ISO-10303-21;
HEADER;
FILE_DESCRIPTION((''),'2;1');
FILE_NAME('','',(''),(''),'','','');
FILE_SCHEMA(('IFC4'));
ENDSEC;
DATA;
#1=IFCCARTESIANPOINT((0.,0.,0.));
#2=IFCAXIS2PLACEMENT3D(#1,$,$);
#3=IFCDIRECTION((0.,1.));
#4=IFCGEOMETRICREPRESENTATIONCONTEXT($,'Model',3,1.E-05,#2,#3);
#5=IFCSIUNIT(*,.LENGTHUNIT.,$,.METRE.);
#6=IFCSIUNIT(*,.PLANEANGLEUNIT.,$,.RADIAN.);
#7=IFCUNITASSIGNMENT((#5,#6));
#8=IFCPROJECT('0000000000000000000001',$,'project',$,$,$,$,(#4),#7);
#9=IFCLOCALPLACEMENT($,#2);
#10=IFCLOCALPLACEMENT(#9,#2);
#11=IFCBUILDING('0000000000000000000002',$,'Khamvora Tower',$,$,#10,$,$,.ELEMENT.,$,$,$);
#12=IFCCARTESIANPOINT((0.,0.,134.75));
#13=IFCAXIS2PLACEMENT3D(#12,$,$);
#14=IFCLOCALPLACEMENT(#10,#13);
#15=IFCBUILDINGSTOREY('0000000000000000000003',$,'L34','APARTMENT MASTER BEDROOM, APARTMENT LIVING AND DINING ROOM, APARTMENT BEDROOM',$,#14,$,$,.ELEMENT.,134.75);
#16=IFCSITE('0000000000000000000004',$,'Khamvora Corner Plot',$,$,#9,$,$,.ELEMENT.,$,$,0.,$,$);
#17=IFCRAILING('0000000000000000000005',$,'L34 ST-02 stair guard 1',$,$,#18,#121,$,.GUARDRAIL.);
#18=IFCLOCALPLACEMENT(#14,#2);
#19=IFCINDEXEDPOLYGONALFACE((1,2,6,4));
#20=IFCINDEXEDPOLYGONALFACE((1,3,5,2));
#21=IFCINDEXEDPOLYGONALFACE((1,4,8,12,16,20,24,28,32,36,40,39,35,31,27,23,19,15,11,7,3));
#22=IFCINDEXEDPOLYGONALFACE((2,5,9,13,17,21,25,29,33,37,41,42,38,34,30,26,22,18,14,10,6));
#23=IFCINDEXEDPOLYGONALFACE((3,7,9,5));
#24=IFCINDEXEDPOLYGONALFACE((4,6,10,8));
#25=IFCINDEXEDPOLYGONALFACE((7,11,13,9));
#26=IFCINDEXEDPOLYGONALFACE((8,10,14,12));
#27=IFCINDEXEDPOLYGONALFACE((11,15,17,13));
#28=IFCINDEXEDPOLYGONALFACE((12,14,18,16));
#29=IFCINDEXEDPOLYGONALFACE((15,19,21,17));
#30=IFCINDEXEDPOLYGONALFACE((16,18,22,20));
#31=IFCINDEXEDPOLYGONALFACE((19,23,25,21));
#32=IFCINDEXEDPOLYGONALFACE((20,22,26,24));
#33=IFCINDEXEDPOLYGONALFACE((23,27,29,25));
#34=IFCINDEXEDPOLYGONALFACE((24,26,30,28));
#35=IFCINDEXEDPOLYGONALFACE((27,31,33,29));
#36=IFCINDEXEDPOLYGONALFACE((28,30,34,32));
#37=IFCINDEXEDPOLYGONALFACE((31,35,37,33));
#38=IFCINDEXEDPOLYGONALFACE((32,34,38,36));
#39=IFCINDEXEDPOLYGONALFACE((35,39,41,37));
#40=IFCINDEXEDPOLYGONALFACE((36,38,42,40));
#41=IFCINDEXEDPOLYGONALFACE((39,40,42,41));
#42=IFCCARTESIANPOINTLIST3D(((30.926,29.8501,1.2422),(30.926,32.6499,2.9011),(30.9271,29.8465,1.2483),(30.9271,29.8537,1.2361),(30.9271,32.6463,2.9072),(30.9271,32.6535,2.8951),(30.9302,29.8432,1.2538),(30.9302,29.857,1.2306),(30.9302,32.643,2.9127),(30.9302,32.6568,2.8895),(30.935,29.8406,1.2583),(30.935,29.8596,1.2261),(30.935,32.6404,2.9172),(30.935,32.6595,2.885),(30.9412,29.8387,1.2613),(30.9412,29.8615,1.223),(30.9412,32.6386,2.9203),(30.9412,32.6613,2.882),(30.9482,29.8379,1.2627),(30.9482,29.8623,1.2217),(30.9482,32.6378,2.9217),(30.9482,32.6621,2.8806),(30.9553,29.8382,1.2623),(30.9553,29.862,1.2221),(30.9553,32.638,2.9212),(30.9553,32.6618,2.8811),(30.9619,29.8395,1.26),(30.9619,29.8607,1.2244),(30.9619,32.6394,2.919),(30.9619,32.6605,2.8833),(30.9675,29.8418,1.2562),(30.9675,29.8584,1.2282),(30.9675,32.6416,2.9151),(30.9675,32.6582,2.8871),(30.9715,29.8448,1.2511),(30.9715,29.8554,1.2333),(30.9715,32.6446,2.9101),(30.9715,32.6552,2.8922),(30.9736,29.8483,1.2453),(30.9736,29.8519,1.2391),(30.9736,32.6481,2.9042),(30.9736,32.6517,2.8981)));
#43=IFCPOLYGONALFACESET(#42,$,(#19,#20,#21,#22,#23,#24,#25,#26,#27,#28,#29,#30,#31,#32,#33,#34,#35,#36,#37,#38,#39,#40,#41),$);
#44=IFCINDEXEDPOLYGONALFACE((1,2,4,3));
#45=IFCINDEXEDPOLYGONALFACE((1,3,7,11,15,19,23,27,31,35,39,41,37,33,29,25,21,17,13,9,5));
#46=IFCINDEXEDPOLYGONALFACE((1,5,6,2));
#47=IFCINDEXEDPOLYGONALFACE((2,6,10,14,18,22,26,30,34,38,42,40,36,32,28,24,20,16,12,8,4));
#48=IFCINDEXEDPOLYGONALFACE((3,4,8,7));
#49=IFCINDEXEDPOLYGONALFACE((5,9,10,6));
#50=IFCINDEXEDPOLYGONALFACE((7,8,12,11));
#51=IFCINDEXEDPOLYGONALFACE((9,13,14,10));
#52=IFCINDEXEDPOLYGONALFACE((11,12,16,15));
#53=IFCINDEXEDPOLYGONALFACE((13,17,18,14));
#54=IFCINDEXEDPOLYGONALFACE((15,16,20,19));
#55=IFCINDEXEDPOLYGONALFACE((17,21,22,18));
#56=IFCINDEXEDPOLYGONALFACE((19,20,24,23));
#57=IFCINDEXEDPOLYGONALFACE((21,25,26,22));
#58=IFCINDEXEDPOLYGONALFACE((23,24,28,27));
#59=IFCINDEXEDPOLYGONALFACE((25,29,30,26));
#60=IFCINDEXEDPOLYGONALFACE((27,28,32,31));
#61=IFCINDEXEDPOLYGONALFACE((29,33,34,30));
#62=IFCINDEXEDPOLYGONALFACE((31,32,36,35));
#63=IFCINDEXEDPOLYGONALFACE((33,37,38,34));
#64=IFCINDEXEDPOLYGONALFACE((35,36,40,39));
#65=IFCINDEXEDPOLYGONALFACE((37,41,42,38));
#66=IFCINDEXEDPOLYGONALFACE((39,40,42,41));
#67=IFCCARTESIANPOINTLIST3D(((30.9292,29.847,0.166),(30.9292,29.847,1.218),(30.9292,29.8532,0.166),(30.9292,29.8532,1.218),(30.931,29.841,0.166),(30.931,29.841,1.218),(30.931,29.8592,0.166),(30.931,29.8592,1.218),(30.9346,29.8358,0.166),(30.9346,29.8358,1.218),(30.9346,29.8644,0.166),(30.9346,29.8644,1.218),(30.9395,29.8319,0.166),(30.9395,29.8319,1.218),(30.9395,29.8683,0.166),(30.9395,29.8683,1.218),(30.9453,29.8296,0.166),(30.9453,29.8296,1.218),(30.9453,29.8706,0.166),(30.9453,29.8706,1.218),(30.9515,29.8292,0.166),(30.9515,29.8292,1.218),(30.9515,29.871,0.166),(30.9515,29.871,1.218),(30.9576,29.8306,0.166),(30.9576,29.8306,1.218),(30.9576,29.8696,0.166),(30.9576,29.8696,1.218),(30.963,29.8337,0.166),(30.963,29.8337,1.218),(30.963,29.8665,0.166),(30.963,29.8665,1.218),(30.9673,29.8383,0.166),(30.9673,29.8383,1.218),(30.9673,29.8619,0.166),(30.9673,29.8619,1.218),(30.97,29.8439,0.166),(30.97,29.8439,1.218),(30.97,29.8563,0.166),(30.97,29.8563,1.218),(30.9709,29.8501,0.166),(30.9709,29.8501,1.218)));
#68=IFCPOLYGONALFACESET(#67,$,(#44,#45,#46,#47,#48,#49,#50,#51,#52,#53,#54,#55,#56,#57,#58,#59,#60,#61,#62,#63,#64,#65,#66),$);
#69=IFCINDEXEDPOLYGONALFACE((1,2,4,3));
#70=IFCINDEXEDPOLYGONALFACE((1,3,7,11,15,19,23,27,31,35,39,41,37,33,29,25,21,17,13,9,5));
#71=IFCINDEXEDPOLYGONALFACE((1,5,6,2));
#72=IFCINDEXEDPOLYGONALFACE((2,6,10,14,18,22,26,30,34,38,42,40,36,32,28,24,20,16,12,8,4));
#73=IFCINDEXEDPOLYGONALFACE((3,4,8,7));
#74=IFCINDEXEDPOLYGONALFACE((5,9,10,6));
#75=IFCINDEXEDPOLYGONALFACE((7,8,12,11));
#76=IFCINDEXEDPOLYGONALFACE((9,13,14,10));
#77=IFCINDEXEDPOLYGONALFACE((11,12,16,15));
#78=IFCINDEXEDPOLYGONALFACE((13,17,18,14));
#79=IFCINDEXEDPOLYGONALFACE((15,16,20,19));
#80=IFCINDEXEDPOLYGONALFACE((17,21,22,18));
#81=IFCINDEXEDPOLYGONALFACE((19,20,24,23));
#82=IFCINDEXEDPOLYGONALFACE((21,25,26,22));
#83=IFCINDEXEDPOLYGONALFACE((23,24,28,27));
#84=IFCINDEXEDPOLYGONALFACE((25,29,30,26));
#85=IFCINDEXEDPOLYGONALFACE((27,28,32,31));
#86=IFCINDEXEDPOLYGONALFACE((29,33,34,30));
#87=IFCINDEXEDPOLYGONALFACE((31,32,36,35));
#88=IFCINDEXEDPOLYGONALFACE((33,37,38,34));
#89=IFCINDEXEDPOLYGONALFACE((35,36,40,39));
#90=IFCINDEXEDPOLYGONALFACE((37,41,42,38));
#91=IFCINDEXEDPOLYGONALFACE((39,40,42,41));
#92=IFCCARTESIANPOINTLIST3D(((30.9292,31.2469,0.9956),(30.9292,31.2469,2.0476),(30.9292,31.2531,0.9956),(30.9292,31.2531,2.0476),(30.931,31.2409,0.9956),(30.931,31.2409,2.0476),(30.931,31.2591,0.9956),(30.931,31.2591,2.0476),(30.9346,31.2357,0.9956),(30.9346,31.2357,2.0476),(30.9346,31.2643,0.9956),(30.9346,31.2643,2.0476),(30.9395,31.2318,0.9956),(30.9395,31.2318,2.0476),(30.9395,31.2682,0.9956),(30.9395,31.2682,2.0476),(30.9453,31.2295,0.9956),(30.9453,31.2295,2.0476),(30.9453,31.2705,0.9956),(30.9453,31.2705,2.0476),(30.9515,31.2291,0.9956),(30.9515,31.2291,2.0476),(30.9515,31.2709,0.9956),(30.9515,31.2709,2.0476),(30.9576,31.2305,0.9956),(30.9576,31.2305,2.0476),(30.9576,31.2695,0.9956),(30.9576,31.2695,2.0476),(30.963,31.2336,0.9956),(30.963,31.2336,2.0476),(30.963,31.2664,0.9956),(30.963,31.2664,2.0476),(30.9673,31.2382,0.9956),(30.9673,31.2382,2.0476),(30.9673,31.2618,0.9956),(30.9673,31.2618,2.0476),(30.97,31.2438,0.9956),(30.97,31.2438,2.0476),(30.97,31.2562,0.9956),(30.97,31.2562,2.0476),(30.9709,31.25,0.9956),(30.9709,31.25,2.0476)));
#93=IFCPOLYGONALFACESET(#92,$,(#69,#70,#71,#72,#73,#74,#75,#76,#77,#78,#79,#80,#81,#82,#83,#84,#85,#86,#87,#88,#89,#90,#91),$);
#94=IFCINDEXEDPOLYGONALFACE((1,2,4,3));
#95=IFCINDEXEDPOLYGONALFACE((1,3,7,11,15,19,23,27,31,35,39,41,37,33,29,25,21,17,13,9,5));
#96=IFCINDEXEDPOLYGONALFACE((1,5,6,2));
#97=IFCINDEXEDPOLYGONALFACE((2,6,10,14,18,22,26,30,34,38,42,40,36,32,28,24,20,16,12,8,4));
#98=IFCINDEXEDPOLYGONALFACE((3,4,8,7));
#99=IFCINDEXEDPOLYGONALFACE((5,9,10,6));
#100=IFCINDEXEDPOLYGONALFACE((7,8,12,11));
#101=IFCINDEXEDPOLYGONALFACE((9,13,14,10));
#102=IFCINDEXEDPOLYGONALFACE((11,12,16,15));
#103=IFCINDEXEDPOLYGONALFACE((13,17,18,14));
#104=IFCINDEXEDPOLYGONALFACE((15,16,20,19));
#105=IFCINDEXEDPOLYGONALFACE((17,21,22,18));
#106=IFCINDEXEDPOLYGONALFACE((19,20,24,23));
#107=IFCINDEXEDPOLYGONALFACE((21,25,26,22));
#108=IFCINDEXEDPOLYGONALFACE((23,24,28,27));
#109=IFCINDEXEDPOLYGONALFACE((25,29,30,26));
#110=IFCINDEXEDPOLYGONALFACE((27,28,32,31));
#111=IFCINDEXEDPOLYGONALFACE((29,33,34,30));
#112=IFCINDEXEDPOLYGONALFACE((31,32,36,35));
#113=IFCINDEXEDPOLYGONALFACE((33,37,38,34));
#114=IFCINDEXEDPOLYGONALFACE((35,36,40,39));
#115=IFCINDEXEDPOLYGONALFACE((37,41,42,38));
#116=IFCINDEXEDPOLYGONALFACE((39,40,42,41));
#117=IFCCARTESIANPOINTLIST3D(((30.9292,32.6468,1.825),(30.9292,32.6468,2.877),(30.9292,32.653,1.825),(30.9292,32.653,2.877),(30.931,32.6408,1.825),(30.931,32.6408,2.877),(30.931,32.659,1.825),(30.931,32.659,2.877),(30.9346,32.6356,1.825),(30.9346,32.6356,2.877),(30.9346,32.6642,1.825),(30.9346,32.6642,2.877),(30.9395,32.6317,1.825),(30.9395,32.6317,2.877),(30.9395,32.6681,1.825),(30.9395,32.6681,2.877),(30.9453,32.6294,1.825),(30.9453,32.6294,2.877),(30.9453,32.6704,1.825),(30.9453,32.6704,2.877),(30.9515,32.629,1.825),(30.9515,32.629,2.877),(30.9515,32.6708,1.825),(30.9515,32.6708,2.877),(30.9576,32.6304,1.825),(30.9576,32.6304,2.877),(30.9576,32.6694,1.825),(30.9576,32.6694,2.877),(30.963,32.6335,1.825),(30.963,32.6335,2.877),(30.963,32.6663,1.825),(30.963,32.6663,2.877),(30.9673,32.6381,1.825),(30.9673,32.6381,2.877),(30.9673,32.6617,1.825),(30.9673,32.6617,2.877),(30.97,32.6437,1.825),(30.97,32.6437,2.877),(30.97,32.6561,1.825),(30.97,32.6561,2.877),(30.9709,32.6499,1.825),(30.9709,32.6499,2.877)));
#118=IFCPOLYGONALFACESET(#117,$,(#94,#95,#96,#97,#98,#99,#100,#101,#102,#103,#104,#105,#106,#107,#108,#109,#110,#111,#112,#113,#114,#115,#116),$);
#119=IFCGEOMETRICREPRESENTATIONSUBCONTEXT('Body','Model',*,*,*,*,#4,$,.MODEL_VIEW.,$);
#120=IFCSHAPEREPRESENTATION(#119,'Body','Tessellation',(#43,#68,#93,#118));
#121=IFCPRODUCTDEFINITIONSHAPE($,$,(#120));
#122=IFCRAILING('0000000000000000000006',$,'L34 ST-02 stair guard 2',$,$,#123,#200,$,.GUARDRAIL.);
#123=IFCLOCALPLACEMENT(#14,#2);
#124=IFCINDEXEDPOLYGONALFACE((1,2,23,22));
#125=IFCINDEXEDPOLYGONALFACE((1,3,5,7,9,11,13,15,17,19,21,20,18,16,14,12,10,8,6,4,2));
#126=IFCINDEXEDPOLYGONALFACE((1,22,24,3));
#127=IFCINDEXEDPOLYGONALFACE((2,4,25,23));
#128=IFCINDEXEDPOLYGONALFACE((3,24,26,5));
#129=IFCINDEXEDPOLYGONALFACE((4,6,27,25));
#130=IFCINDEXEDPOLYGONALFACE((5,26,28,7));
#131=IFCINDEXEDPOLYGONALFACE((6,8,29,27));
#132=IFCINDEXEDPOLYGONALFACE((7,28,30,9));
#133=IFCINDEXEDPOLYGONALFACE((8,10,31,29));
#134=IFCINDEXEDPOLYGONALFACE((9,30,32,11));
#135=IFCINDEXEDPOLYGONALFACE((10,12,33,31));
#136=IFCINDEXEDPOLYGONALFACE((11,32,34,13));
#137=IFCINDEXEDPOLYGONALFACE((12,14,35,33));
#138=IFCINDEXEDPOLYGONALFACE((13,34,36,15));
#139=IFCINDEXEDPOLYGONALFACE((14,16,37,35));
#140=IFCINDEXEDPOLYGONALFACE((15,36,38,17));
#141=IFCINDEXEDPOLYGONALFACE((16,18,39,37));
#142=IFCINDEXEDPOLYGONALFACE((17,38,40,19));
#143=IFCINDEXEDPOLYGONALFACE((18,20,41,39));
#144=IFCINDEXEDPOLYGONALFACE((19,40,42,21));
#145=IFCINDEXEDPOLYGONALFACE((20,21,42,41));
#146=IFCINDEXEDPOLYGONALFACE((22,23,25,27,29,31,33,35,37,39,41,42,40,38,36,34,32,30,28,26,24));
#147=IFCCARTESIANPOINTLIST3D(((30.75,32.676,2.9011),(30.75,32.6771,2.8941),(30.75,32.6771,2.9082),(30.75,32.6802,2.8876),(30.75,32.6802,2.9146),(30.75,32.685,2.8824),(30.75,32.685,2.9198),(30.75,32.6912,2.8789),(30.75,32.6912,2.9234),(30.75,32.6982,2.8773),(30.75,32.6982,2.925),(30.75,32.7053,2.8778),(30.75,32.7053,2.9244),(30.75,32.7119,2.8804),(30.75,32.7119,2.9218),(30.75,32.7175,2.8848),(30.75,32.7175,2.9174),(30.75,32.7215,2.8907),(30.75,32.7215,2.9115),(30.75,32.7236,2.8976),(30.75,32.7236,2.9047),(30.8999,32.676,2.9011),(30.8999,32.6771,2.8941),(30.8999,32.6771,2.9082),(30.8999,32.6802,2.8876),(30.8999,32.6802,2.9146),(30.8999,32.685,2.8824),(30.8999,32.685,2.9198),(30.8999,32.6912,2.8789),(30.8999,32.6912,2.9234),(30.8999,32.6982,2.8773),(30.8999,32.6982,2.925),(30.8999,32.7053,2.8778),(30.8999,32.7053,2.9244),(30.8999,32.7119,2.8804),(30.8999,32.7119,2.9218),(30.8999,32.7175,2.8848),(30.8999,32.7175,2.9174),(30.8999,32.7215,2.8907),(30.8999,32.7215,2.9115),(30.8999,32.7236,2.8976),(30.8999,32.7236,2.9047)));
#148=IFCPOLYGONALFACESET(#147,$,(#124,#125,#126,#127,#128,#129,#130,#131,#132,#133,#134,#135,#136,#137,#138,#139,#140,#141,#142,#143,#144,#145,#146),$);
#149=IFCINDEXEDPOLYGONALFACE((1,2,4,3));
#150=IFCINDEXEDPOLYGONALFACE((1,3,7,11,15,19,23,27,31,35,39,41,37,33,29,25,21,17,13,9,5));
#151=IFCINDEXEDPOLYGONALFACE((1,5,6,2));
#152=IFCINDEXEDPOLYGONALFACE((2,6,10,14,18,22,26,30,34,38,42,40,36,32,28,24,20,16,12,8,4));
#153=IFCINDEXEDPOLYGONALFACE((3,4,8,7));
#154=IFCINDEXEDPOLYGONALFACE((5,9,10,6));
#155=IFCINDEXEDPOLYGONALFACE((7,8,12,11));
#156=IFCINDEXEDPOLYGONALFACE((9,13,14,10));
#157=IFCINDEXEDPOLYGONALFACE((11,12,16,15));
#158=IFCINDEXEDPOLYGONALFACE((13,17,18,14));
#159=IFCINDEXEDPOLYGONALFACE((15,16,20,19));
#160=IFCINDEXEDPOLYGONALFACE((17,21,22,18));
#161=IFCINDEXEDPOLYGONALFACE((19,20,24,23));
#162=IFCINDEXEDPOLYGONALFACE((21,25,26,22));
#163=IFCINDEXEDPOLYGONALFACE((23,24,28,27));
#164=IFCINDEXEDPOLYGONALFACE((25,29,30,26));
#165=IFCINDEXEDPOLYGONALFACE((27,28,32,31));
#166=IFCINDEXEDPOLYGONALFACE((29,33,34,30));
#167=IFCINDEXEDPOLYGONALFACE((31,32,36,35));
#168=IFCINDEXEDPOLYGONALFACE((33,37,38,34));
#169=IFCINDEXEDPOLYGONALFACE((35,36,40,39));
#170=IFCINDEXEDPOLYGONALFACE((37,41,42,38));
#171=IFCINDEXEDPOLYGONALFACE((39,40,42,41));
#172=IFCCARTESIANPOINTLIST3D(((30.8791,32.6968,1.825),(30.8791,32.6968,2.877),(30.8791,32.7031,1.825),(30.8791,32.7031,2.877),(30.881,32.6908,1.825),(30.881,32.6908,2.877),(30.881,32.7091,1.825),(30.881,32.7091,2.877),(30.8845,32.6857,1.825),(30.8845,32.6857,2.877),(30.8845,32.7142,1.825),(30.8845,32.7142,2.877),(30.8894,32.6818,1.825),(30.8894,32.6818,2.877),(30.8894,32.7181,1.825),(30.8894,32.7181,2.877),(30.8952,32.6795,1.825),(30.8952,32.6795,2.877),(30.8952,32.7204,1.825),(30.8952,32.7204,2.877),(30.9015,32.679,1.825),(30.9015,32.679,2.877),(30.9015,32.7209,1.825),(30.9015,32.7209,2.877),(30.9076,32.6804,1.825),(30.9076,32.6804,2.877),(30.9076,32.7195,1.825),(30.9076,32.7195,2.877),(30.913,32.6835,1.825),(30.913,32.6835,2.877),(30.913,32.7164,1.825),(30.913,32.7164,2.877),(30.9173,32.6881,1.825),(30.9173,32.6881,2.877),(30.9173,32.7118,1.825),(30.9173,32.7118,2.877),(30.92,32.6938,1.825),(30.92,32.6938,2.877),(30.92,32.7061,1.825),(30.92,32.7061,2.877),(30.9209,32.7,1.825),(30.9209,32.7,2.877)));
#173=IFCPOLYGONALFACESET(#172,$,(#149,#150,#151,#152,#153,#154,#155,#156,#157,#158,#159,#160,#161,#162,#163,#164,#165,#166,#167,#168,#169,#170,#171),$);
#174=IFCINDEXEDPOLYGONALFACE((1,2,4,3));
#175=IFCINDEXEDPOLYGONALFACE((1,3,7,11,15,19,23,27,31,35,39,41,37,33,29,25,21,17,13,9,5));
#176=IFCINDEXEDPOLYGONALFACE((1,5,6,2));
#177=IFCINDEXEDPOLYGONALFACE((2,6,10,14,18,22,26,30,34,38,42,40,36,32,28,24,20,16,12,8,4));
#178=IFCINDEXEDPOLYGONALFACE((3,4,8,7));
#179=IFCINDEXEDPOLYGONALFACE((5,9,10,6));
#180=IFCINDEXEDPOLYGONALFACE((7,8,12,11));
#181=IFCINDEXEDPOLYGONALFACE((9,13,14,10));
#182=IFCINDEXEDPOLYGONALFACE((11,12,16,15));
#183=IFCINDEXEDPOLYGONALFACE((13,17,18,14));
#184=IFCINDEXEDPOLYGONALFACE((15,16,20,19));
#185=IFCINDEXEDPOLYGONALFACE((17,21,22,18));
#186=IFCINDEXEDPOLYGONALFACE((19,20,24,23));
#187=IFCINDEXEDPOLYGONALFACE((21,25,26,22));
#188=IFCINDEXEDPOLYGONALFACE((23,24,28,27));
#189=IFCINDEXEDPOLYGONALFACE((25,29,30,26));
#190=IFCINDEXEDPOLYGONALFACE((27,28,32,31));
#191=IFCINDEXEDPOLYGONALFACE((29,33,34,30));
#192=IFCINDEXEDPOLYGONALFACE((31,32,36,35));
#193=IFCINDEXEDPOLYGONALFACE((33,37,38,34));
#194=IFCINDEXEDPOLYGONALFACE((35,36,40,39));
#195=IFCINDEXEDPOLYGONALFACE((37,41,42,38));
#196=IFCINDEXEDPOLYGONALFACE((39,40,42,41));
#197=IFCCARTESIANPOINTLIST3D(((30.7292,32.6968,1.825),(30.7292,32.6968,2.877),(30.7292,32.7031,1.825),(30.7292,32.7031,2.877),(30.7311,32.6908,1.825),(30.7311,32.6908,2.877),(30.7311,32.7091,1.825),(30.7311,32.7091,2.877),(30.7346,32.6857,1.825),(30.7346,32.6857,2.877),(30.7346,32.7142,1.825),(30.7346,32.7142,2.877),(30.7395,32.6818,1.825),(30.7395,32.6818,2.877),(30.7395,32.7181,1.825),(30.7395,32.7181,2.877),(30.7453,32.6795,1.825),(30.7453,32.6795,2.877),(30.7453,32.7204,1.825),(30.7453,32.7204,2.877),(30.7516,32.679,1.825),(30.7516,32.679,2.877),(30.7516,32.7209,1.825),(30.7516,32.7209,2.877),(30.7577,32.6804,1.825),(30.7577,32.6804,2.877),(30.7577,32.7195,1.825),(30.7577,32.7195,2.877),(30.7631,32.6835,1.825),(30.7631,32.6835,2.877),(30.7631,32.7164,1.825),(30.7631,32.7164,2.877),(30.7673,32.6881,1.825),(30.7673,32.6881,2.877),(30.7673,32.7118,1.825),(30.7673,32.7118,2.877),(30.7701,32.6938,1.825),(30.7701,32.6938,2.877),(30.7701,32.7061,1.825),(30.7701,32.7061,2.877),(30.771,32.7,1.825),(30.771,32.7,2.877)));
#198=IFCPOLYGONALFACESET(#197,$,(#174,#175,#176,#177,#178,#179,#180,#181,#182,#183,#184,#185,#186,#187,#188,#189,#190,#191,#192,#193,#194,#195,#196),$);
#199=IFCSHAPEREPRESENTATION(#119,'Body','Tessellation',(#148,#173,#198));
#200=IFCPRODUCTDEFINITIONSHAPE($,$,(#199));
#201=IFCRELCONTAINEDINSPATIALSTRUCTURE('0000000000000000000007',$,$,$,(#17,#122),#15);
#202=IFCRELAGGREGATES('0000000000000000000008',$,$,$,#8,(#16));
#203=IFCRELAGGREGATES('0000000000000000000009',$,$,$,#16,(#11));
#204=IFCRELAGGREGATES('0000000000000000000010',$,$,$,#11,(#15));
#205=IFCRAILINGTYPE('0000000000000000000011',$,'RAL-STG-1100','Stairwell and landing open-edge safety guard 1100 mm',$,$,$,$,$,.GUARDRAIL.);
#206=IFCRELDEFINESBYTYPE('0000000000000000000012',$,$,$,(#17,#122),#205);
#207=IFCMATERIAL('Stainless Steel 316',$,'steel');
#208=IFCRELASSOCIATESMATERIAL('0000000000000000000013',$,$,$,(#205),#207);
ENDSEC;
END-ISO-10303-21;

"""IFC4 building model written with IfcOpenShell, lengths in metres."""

from ifc_helpers import new_model, si_unit, direction, frame, origin, origin_2d, place, context, subcontext, project, spatial, circle, extrude, material, type_object, element, save


model = new_model("IFC4")

# Units and contexts
model_context = context("Model", 3, precision=1e-05, world=origin(), true_north=direction((0.0, 1.0)))
body_context = subcontext(model_context, "Body", "Model", "MODEL_VIEW")
ifc_project = project(units=[si_unit("LENGTHUNIT", "METRE"), si_unit("PLANEANGLEUNIT", "RADIAN")], contexts=[model_context])

# Site, building, storey
site_placement = place(None, origin())
site = spatial("IfcSite", under=ifc_project, at=site_placement, Name="Khamvora Corner Plot", CompositionType="ELEMENT", RefElevation=0.0)
building_placement = place(site_placement, origin())
building = spatial("IfcBuilding", under=site, at=building_placement, Name="Khamvora Tower", CompositionType="ELEMENT")
storey_placement = place(building_placement, frame((0.0, 0.0, 134.75)))
storey = spatial("IfcBuildingStorey", under=building, at=storey_placement, Name="L34", Description="APARTMENT MASTER BEDROOM, APARTMENT LIVING AND DINING ROOM, APARTMENT BEDROOM", CompositionType="ELEMENT", Elevation=134.75)

# Railings
ifc_material_1 = material(Name="Stainless Steel 316", Category="steel")
railing_type_1 = type_object("IfcRailingType", Name="RAL-STG-1100", Description="Stairwell and landing open-edge safety guard 1100 mm", PredefinedType="GUARDRAIL", material=ifc_material_1)
railing_1_placement = place(storey_placement, frame((30.95, 29.8501, 0.166)))
element("IfcRailing", 1, at=railing_1_placement, inside=storey, type_object=railing_type_1, Name="L34 ST-02 stair guard 1", PredefinedType="GUARDRAIL", context=body_context, shape_type="SweptSolid", body=[
    extrude(circle(Radius=0.0239, at=origin_2d()), frame((0.0, 0.0, 1.0762), z_axis=(0.0, 0.86032, 0.509755), x_axis=(-1.0, 0.0, 0.0)), (0.0, 0.0, 1.0), 3.2544),
    extrude(circle(Radius=0.021, at=origin_2d()), origin(), (0.0, 0.0, 1.0), 1.052),
    extrude(circle(Radius=0.021, at=origin_2d()), frame((0.0, 1.3999, 0.8296)), (0.0, 0.0, 1.0), 1.052),
    extrude(circle(Radius=0.021, at=origin_2d()), frame((0.0, 2.7998, 1.6589)), (0.0, 0.0, 1.0), 1.052),
])
for number, where, name in (
    (2, (30.8999, 32.7, 1.825), "L34 ST-02 stair guard 2"),
):
    element("IfcRailing", number, at=place(storey_placement, frame(where)), inside=storey, type_object=railing_type_1, Name=name, PredefinedType="GUARDRAIL", context=body_context, shape_type="SweptSolid", body=[
        extrude(circle(Radius=0.0239, at=origin_2d()), frame((0.0, 0.0, 1.0762), z_axis=(-1.0, 0.0, 0.0), x_axis=(0.0, -1.0, 0.0)), (0.0, 0.0, 1.0), 0.1499),
        extrude(circle(Radius=0.021, at=origin_2d()), origin(), (0.0, 0.0, 1.0), 1.052),
        extrude(circle(Radius=0.021, at=origin_2d()), frame((-0.1499, 0.0, 0.0)), (0.0, 0.0, 1.0), 1.052),
    ])

save(model, "model.ifc")
